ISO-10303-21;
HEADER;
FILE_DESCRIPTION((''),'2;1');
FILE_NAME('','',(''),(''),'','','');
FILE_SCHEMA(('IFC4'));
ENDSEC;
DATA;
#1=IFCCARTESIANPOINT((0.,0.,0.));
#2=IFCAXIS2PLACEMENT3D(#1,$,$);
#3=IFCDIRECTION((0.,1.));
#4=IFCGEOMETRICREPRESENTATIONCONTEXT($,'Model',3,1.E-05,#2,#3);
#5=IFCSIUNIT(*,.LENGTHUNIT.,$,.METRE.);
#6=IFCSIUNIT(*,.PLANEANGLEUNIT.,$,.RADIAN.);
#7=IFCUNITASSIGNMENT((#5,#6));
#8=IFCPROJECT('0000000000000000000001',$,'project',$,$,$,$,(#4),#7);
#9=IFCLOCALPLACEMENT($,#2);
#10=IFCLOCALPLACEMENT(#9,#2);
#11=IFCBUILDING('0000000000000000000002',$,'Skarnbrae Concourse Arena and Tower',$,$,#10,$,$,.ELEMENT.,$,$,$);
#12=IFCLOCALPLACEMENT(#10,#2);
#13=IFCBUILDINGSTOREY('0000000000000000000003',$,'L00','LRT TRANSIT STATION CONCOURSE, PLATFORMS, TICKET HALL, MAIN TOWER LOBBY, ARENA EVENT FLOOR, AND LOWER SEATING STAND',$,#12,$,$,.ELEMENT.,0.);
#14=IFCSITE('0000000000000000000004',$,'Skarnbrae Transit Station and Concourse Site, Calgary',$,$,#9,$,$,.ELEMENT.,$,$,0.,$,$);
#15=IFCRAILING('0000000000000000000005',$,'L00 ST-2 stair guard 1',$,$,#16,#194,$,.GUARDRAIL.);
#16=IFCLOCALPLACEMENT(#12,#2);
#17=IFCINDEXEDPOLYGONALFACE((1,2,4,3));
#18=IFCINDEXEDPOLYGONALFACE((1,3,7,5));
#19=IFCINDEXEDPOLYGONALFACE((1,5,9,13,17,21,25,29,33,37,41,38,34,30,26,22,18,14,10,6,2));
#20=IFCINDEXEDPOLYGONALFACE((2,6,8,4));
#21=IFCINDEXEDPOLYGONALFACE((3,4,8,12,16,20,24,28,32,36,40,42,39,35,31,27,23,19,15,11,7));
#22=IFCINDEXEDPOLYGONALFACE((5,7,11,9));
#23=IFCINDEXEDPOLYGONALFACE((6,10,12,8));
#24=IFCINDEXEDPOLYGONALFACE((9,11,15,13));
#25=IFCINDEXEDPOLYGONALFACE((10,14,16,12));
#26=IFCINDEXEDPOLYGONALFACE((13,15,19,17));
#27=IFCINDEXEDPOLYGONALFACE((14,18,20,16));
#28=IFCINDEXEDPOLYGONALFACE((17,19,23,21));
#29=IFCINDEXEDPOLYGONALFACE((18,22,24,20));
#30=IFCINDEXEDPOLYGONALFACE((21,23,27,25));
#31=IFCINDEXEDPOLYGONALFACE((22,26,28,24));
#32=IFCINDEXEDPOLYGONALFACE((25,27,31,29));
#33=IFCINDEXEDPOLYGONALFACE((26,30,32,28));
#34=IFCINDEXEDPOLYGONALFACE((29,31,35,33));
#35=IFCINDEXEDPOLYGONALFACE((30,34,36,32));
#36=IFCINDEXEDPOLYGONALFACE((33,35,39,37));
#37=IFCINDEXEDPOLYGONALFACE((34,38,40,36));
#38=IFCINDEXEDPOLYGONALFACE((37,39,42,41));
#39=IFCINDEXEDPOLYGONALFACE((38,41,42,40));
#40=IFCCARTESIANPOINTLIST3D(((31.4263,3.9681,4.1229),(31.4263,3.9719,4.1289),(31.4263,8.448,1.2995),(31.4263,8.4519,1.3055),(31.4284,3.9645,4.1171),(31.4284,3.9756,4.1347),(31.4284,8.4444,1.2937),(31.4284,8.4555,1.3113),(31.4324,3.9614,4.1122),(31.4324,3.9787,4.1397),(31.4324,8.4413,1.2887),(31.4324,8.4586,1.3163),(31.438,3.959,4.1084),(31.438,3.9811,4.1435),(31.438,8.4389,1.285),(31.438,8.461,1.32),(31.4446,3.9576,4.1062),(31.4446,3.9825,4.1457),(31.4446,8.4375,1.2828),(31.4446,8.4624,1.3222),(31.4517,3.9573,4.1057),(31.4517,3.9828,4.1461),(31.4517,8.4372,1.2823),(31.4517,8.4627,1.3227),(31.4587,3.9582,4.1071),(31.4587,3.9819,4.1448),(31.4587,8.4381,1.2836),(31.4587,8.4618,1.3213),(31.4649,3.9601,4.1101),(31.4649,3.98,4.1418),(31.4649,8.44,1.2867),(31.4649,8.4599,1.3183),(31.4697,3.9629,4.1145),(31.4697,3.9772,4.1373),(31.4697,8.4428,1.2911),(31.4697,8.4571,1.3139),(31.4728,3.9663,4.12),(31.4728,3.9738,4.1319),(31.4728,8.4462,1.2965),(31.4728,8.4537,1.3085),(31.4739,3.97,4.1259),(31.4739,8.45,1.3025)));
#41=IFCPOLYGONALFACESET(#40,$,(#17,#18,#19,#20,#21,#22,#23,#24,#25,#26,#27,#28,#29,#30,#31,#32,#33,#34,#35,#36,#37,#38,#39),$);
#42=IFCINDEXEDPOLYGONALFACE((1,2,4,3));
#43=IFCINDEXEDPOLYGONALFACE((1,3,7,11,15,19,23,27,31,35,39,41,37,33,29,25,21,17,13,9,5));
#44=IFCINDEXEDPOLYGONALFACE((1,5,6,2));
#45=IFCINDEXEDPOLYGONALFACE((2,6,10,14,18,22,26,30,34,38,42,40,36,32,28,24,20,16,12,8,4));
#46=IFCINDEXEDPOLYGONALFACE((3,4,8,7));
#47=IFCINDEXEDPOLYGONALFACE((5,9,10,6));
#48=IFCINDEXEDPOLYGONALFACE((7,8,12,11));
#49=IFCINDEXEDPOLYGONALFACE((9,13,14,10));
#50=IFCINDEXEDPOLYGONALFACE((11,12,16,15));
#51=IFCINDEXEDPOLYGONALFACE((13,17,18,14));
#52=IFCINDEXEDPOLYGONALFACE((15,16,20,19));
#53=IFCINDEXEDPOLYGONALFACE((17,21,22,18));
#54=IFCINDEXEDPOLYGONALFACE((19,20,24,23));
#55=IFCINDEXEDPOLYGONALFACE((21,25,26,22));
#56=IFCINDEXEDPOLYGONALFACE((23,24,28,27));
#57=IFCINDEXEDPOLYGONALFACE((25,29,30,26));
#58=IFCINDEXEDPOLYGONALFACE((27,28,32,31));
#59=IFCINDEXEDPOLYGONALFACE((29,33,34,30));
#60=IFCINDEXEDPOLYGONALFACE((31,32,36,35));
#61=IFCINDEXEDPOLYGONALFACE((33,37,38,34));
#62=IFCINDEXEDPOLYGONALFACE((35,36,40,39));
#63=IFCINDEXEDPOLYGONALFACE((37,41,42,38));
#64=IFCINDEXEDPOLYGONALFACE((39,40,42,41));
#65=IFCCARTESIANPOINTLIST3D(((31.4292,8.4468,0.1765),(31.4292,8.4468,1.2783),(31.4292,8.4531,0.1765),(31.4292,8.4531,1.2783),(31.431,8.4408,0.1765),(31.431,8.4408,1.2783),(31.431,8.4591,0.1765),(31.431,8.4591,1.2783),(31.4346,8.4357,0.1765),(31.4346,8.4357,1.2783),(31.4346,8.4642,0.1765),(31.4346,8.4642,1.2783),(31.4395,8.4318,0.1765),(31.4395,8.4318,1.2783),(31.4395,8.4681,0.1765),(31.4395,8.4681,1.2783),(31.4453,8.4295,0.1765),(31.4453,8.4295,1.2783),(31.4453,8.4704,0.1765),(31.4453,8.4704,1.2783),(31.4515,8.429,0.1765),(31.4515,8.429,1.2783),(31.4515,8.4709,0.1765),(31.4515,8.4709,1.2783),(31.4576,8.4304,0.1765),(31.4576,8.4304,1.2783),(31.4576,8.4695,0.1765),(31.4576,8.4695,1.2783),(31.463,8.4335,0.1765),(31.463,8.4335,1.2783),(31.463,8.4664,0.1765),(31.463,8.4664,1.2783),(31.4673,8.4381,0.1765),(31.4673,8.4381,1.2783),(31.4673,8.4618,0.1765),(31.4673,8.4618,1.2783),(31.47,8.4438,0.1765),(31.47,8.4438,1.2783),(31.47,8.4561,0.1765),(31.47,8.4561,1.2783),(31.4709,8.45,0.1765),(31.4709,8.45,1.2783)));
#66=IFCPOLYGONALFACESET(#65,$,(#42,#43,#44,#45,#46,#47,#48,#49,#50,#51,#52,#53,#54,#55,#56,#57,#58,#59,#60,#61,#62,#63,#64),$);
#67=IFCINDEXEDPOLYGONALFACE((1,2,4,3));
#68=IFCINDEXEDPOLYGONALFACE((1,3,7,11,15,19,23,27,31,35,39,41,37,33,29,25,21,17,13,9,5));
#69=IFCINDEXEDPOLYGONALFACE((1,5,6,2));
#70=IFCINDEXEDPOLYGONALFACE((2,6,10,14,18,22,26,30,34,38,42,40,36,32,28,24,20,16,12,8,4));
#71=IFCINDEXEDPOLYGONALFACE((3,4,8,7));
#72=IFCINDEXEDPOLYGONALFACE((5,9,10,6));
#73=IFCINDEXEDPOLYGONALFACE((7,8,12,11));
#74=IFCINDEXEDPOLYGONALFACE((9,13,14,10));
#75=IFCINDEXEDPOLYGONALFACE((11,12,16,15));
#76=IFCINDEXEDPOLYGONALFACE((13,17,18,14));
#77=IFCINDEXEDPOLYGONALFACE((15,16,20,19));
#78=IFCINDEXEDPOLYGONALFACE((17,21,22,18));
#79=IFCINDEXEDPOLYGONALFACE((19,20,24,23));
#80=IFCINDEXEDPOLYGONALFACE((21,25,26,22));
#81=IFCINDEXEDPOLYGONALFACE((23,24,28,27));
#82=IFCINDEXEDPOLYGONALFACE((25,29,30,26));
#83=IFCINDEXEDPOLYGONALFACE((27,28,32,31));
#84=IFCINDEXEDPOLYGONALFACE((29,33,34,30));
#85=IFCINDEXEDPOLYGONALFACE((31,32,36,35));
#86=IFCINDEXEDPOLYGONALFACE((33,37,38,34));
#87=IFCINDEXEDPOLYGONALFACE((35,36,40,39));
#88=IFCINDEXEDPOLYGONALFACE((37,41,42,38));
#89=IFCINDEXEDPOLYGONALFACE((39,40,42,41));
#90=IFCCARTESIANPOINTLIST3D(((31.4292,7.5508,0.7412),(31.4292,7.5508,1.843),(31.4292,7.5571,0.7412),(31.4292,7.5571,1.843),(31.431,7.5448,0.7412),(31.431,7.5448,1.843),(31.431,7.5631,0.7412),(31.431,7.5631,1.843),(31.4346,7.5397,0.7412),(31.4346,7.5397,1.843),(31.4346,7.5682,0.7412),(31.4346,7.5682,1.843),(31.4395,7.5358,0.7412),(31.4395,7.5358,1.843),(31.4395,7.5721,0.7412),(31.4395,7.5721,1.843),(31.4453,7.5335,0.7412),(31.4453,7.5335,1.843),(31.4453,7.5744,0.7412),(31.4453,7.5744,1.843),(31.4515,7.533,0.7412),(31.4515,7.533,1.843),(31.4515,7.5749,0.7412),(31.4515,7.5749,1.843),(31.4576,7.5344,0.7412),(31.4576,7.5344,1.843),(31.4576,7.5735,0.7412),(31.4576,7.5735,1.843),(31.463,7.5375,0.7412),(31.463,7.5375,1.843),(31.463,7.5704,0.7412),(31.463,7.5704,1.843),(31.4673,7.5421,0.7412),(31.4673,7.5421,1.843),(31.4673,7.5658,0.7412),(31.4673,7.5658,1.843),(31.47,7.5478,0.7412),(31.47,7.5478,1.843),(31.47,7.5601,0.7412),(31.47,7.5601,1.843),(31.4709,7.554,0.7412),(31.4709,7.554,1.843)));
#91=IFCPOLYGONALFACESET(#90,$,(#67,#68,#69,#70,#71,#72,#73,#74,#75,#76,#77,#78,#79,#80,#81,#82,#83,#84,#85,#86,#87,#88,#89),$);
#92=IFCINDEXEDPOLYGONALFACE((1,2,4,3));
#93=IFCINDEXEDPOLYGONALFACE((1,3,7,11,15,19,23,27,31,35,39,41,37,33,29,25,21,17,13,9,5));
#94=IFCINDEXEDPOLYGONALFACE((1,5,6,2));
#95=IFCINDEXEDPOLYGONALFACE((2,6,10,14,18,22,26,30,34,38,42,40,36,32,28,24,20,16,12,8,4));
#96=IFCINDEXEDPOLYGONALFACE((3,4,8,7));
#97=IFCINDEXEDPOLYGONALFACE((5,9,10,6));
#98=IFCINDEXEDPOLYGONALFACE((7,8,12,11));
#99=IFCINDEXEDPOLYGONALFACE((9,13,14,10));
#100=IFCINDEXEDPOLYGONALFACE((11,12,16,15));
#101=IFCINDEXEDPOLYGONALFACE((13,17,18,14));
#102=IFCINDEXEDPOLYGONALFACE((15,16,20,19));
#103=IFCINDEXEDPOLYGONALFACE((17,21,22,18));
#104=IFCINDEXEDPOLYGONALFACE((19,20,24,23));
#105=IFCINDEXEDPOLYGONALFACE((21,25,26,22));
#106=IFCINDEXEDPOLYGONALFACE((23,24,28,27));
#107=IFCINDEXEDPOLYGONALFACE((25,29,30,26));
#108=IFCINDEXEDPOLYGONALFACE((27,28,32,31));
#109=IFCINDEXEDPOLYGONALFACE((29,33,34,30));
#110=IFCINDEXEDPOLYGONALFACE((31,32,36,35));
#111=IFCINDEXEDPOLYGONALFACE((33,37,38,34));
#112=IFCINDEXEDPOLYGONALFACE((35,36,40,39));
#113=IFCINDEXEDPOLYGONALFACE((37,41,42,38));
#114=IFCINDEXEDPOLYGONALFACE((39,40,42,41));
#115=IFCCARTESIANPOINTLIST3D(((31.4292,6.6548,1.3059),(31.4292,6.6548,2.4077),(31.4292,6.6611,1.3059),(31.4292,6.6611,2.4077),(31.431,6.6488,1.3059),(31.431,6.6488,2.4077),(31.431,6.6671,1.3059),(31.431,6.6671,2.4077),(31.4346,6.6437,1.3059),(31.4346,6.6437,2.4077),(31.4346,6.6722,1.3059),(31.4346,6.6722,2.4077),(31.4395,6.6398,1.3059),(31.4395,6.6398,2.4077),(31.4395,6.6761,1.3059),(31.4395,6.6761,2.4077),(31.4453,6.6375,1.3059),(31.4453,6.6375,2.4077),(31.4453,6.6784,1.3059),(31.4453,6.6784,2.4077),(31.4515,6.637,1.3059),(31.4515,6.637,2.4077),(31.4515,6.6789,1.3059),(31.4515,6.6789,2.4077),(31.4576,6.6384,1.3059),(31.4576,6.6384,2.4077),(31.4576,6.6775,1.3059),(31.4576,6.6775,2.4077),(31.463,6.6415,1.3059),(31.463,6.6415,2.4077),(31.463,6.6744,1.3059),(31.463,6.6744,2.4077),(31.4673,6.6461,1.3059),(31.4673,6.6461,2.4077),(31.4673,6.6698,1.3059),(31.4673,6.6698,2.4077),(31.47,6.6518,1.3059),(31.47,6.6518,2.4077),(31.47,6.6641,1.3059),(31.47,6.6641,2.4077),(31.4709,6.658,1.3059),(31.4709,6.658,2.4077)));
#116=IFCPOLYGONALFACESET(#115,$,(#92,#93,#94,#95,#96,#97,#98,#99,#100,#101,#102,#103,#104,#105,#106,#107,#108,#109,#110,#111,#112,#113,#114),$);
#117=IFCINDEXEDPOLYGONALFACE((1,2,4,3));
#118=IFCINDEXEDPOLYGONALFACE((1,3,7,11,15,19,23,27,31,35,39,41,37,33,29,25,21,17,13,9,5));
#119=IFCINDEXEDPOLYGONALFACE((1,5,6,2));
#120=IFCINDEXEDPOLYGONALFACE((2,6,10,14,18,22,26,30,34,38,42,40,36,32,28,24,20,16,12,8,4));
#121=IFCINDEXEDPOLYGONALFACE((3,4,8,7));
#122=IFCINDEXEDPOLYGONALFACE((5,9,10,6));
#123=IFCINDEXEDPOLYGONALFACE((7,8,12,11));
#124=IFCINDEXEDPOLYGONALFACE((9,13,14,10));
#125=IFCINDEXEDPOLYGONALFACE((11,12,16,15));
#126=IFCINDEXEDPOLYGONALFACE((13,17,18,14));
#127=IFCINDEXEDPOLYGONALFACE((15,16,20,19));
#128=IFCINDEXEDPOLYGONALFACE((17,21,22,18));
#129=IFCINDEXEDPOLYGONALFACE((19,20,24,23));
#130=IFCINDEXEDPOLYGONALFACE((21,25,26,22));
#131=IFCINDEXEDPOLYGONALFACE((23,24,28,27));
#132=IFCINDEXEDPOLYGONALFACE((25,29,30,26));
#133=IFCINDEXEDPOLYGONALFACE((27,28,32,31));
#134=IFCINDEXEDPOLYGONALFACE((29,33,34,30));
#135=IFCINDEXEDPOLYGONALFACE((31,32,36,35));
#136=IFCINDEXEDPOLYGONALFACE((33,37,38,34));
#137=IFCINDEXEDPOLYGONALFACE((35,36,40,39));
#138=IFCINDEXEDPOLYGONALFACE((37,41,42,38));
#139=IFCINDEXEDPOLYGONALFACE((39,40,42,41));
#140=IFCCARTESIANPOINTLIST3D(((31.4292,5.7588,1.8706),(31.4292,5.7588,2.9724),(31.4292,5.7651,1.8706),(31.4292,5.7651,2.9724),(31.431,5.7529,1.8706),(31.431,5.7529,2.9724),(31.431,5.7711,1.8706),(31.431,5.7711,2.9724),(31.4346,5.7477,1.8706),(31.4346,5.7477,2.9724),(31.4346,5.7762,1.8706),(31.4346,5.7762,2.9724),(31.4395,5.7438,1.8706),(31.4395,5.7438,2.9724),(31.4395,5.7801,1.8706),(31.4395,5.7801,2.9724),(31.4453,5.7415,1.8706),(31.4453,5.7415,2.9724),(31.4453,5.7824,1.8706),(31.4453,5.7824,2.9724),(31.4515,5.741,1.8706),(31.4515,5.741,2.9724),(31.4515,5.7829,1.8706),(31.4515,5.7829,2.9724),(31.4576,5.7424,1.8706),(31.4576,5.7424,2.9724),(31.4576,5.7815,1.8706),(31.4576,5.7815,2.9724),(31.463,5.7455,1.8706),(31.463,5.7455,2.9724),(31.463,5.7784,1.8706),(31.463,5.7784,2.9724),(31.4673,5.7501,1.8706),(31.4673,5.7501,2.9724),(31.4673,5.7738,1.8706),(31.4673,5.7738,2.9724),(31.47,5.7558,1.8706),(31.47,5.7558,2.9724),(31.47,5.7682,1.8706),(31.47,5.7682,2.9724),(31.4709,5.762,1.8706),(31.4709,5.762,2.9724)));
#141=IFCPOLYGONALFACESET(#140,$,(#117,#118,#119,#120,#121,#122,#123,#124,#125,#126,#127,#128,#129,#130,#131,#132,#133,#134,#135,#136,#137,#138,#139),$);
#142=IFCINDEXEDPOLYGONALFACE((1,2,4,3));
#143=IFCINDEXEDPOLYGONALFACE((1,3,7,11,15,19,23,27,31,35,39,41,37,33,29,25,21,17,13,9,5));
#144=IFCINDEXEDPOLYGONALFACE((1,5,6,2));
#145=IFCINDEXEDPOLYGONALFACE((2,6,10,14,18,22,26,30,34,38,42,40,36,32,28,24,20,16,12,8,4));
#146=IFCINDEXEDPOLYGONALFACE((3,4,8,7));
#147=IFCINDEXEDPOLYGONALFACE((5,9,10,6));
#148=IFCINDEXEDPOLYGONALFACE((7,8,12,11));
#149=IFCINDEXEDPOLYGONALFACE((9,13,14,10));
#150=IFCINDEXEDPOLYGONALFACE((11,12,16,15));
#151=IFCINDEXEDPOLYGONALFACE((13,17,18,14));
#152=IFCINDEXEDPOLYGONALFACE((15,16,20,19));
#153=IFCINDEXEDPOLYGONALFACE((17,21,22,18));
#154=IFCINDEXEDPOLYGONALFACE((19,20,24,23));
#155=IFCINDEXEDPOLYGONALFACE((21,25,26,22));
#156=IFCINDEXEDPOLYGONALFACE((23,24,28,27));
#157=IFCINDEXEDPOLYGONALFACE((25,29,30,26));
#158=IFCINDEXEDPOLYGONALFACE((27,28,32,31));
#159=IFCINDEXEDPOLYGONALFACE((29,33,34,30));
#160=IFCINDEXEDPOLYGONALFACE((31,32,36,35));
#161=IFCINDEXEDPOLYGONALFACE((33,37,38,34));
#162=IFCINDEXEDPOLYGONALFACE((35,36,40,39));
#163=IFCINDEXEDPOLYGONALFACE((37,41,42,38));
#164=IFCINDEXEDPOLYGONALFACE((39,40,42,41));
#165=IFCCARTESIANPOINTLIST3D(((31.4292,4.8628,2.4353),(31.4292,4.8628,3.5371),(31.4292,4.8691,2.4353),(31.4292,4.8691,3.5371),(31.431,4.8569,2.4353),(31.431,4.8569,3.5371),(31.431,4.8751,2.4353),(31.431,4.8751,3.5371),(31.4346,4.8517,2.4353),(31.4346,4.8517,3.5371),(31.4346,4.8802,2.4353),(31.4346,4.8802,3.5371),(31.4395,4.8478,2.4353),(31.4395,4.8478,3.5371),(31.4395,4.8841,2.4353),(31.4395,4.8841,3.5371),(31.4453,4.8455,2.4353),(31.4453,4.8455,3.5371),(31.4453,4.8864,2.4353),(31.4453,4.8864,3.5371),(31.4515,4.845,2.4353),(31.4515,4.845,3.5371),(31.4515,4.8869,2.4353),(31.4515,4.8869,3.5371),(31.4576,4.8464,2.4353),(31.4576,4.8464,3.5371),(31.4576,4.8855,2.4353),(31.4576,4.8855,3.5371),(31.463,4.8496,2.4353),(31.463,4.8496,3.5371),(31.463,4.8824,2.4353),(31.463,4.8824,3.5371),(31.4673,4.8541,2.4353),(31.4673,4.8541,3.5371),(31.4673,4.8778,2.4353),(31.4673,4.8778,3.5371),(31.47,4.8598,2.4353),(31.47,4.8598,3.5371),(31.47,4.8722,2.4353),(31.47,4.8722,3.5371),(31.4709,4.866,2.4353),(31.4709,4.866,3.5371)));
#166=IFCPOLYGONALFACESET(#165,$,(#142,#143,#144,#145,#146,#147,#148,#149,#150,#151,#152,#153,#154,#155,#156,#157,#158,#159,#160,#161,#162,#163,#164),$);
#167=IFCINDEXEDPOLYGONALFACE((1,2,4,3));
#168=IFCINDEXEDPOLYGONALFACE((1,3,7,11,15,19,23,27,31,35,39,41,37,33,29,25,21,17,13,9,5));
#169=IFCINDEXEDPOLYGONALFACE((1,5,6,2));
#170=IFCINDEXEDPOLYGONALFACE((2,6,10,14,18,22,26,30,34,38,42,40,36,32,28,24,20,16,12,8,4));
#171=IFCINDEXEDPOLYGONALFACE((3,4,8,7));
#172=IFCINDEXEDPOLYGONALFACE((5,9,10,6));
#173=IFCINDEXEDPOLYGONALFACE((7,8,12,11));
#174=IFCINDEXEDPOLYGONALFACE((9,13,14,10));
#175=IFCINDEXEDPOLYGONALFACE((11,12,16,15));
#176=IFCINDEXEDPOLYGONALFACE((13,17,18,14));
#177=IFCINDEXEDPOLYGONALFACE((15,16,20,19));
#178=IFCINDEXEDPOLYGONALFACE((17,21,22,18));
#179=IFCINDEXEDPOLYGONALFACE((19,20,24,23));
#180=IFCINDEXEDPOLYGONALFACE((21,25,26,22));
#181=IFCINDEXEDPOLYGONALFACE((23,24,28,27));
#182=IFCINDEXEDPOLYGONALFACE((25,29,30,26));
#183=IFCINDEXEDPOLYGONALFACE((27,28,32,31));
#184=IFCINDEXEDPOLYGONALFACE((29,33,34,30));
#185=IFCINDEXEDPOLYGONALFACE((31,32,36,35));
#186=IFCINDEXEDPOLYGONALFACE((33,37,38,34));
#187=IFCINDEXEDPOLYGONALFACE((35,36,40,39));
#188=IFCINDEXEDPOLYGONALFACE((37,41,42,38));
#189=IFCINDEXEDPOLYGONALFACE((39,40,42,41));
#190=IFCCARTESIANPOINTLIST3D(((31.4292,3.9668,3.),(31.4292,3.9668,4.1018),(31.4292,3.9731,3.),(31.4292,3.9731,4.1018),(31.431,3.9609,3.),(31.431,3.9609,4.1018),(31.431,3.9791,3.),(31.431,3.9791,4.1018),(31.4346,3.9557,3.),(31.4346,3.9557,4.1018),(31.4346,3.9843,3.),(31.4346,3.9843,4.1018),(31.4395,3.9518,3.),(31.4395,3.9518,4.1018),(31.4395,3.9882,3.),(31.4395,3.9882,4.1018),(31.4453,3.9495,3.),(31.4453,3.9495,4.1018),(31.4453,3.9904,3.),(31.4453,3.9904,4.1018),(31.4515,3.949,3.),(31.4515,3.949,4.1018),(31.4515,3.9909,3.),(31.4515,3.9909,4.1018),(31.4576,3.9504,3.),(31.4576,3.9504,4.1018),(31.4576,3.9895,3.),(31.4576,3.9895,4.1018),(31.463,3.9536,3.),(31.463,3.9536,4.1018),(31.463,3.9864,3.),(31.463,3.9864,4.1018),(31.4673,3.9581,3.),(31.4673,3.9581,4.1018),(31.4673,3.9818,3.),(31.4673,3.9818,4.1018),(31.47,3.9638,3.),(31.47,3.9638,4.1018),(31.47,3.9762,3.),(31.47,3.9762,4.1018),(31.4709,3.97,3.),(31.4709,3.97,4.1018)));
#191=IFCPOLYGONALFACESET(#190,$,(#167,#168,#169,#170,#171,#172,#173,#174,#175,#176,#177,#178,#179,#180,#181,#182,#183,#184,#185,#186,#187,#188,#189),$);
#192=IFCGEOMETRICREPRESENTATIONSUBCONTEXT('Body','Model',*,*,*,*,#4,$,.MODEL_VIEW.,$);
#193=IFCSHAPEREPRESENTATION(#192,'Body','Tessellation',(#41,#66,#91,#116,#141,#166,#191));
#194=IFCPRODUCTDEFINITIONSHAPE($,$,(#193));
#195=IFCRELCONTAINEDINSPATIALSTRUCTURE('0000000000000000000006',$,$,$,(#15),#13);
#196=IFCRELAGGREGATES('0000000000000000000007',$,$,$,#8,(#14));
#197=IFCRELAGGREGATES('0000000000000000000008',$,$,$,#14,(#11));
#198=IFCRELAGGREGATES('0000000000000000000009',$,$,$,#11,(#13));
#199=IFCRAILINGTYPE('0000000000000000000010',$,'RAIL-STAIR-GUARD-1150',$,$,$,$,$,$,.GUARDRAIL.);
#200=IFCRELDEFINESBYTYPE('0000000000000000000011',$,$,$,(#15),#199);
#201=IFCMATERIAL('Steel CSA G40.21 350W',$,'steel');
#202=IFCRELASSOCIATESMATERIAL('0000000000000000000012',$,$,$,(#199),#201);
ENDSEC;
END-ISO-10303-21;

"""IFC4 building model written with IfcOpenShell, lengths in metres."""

from ifc_helpers import new_model, si_unit, direction, frame, origin, origin_2d, place, context, subcontext, project, spatial, circle, extrude, material, type_object, element, save


model = new_model("IFC4")

# Units and contexts
model_context = context("Model", 3, precision=1e-05, world=origin(), true_north=direction((0.0, 1.0)))
body_context = subcontext(model_context, "Body", "Model", "MODEL_VIEW")
ifc_project = project(units=[si_unit("LENGTHUNIT", "METRE"), si_unit("PLANEANGLEUNIT", "RADIAN")], contexts=[model_context])

# Site, building, storey
site_placement = place(None, origin())
site = spatial("IfcSite", under=ifc_project, at=site_placement, Name="Skarnbrae Transit Station and Concourse Site, Calgary", CompositionType="ELEMENT", RefElevation=0.0)
building_placement = place(site_placement, origin())
building = spatial("IfcBuilding", under=site, at=building_placement, Name="Skarnbrae Concourse Arena and Tower", CompositionType="ELEMENT")
storey_placement = place(building_placement, origin())
storey = spatial("IfcBuildingStorey", under=building, at=storey_placement, Name="L00", Description="LRT TRANSIT STATION CONCOURSE, PLATFORMS, TICKET HALL, MAIN TOWER LOBBY, ARENA EVENT FLOOR, AND LOWER SEATING STAND", CompositionType="ELEMENT", Elevation=0.0)

# Shared definitions
ifc_material_1 = material(Name="Steel CSA G40.21 350W", Category="steel")

# Railing
railing_type_1 = type_object("IfcRailingType", Name="RAIL-STAIR-GUARD-1150", PredefinedType="GUARDRAIL", material=ifc_material_1)
railing_1_placement = place(storey_placement, frame((31.45, 8.45, 0.1765)))
element("IfcRailing", 1, at=railing_1_placement, inside=storey, type_object=railing_type_1, Name="L00 ST-2 stair guard 1", PredefinedType="GUARDRAIL", context=body_context, shape_type="SweptSolid", body=[
    extrude(circle(Radius=0.0239, at=origin_2d()), frame((0.0, 0.0, 1.126), z_axis=(0.0, -0.845998, 0.533186), x_axis=(1.0, 0.0, 0.0)), (0.0, 0.0, 1.0), 5.2954),
    extrude(circle(Radius=0.021, at=origin_2d()), origin(), (0.0, 0.0, 1.0), 1.1018),
    extrude(circle(Radius=0.021, at=origin_2d()), frame((0.0, -0.896, 0.5647)), (0.0, 0.0, 1.0), 1.1018),
    extrude(circle(Radius=0.021, at=origin_2d()), frame((0.0, -1.792, 1.1294)), (0.0, 0.0, 1.0), 1.1018),
    extrude(circle(Radius=0.021, at=origin_2d()), frame((0.0, -2.688, 1.6941)), (0.0, 0.0, 1.0), 1.1018),
    extrude(circle(Radius=0.021, at=origin_2d()), frame((0.0, -3.584, 2.2588)), (0.0, 0.0, 1.0), 1.1018),
    extrude(circle(Radius=0.021, at=origin_2d()), frame((0.0, -4.48, 2.8235)), (0.0, 0.0, 1.0), 1.1018),
])

save(model, "model.ifc")
